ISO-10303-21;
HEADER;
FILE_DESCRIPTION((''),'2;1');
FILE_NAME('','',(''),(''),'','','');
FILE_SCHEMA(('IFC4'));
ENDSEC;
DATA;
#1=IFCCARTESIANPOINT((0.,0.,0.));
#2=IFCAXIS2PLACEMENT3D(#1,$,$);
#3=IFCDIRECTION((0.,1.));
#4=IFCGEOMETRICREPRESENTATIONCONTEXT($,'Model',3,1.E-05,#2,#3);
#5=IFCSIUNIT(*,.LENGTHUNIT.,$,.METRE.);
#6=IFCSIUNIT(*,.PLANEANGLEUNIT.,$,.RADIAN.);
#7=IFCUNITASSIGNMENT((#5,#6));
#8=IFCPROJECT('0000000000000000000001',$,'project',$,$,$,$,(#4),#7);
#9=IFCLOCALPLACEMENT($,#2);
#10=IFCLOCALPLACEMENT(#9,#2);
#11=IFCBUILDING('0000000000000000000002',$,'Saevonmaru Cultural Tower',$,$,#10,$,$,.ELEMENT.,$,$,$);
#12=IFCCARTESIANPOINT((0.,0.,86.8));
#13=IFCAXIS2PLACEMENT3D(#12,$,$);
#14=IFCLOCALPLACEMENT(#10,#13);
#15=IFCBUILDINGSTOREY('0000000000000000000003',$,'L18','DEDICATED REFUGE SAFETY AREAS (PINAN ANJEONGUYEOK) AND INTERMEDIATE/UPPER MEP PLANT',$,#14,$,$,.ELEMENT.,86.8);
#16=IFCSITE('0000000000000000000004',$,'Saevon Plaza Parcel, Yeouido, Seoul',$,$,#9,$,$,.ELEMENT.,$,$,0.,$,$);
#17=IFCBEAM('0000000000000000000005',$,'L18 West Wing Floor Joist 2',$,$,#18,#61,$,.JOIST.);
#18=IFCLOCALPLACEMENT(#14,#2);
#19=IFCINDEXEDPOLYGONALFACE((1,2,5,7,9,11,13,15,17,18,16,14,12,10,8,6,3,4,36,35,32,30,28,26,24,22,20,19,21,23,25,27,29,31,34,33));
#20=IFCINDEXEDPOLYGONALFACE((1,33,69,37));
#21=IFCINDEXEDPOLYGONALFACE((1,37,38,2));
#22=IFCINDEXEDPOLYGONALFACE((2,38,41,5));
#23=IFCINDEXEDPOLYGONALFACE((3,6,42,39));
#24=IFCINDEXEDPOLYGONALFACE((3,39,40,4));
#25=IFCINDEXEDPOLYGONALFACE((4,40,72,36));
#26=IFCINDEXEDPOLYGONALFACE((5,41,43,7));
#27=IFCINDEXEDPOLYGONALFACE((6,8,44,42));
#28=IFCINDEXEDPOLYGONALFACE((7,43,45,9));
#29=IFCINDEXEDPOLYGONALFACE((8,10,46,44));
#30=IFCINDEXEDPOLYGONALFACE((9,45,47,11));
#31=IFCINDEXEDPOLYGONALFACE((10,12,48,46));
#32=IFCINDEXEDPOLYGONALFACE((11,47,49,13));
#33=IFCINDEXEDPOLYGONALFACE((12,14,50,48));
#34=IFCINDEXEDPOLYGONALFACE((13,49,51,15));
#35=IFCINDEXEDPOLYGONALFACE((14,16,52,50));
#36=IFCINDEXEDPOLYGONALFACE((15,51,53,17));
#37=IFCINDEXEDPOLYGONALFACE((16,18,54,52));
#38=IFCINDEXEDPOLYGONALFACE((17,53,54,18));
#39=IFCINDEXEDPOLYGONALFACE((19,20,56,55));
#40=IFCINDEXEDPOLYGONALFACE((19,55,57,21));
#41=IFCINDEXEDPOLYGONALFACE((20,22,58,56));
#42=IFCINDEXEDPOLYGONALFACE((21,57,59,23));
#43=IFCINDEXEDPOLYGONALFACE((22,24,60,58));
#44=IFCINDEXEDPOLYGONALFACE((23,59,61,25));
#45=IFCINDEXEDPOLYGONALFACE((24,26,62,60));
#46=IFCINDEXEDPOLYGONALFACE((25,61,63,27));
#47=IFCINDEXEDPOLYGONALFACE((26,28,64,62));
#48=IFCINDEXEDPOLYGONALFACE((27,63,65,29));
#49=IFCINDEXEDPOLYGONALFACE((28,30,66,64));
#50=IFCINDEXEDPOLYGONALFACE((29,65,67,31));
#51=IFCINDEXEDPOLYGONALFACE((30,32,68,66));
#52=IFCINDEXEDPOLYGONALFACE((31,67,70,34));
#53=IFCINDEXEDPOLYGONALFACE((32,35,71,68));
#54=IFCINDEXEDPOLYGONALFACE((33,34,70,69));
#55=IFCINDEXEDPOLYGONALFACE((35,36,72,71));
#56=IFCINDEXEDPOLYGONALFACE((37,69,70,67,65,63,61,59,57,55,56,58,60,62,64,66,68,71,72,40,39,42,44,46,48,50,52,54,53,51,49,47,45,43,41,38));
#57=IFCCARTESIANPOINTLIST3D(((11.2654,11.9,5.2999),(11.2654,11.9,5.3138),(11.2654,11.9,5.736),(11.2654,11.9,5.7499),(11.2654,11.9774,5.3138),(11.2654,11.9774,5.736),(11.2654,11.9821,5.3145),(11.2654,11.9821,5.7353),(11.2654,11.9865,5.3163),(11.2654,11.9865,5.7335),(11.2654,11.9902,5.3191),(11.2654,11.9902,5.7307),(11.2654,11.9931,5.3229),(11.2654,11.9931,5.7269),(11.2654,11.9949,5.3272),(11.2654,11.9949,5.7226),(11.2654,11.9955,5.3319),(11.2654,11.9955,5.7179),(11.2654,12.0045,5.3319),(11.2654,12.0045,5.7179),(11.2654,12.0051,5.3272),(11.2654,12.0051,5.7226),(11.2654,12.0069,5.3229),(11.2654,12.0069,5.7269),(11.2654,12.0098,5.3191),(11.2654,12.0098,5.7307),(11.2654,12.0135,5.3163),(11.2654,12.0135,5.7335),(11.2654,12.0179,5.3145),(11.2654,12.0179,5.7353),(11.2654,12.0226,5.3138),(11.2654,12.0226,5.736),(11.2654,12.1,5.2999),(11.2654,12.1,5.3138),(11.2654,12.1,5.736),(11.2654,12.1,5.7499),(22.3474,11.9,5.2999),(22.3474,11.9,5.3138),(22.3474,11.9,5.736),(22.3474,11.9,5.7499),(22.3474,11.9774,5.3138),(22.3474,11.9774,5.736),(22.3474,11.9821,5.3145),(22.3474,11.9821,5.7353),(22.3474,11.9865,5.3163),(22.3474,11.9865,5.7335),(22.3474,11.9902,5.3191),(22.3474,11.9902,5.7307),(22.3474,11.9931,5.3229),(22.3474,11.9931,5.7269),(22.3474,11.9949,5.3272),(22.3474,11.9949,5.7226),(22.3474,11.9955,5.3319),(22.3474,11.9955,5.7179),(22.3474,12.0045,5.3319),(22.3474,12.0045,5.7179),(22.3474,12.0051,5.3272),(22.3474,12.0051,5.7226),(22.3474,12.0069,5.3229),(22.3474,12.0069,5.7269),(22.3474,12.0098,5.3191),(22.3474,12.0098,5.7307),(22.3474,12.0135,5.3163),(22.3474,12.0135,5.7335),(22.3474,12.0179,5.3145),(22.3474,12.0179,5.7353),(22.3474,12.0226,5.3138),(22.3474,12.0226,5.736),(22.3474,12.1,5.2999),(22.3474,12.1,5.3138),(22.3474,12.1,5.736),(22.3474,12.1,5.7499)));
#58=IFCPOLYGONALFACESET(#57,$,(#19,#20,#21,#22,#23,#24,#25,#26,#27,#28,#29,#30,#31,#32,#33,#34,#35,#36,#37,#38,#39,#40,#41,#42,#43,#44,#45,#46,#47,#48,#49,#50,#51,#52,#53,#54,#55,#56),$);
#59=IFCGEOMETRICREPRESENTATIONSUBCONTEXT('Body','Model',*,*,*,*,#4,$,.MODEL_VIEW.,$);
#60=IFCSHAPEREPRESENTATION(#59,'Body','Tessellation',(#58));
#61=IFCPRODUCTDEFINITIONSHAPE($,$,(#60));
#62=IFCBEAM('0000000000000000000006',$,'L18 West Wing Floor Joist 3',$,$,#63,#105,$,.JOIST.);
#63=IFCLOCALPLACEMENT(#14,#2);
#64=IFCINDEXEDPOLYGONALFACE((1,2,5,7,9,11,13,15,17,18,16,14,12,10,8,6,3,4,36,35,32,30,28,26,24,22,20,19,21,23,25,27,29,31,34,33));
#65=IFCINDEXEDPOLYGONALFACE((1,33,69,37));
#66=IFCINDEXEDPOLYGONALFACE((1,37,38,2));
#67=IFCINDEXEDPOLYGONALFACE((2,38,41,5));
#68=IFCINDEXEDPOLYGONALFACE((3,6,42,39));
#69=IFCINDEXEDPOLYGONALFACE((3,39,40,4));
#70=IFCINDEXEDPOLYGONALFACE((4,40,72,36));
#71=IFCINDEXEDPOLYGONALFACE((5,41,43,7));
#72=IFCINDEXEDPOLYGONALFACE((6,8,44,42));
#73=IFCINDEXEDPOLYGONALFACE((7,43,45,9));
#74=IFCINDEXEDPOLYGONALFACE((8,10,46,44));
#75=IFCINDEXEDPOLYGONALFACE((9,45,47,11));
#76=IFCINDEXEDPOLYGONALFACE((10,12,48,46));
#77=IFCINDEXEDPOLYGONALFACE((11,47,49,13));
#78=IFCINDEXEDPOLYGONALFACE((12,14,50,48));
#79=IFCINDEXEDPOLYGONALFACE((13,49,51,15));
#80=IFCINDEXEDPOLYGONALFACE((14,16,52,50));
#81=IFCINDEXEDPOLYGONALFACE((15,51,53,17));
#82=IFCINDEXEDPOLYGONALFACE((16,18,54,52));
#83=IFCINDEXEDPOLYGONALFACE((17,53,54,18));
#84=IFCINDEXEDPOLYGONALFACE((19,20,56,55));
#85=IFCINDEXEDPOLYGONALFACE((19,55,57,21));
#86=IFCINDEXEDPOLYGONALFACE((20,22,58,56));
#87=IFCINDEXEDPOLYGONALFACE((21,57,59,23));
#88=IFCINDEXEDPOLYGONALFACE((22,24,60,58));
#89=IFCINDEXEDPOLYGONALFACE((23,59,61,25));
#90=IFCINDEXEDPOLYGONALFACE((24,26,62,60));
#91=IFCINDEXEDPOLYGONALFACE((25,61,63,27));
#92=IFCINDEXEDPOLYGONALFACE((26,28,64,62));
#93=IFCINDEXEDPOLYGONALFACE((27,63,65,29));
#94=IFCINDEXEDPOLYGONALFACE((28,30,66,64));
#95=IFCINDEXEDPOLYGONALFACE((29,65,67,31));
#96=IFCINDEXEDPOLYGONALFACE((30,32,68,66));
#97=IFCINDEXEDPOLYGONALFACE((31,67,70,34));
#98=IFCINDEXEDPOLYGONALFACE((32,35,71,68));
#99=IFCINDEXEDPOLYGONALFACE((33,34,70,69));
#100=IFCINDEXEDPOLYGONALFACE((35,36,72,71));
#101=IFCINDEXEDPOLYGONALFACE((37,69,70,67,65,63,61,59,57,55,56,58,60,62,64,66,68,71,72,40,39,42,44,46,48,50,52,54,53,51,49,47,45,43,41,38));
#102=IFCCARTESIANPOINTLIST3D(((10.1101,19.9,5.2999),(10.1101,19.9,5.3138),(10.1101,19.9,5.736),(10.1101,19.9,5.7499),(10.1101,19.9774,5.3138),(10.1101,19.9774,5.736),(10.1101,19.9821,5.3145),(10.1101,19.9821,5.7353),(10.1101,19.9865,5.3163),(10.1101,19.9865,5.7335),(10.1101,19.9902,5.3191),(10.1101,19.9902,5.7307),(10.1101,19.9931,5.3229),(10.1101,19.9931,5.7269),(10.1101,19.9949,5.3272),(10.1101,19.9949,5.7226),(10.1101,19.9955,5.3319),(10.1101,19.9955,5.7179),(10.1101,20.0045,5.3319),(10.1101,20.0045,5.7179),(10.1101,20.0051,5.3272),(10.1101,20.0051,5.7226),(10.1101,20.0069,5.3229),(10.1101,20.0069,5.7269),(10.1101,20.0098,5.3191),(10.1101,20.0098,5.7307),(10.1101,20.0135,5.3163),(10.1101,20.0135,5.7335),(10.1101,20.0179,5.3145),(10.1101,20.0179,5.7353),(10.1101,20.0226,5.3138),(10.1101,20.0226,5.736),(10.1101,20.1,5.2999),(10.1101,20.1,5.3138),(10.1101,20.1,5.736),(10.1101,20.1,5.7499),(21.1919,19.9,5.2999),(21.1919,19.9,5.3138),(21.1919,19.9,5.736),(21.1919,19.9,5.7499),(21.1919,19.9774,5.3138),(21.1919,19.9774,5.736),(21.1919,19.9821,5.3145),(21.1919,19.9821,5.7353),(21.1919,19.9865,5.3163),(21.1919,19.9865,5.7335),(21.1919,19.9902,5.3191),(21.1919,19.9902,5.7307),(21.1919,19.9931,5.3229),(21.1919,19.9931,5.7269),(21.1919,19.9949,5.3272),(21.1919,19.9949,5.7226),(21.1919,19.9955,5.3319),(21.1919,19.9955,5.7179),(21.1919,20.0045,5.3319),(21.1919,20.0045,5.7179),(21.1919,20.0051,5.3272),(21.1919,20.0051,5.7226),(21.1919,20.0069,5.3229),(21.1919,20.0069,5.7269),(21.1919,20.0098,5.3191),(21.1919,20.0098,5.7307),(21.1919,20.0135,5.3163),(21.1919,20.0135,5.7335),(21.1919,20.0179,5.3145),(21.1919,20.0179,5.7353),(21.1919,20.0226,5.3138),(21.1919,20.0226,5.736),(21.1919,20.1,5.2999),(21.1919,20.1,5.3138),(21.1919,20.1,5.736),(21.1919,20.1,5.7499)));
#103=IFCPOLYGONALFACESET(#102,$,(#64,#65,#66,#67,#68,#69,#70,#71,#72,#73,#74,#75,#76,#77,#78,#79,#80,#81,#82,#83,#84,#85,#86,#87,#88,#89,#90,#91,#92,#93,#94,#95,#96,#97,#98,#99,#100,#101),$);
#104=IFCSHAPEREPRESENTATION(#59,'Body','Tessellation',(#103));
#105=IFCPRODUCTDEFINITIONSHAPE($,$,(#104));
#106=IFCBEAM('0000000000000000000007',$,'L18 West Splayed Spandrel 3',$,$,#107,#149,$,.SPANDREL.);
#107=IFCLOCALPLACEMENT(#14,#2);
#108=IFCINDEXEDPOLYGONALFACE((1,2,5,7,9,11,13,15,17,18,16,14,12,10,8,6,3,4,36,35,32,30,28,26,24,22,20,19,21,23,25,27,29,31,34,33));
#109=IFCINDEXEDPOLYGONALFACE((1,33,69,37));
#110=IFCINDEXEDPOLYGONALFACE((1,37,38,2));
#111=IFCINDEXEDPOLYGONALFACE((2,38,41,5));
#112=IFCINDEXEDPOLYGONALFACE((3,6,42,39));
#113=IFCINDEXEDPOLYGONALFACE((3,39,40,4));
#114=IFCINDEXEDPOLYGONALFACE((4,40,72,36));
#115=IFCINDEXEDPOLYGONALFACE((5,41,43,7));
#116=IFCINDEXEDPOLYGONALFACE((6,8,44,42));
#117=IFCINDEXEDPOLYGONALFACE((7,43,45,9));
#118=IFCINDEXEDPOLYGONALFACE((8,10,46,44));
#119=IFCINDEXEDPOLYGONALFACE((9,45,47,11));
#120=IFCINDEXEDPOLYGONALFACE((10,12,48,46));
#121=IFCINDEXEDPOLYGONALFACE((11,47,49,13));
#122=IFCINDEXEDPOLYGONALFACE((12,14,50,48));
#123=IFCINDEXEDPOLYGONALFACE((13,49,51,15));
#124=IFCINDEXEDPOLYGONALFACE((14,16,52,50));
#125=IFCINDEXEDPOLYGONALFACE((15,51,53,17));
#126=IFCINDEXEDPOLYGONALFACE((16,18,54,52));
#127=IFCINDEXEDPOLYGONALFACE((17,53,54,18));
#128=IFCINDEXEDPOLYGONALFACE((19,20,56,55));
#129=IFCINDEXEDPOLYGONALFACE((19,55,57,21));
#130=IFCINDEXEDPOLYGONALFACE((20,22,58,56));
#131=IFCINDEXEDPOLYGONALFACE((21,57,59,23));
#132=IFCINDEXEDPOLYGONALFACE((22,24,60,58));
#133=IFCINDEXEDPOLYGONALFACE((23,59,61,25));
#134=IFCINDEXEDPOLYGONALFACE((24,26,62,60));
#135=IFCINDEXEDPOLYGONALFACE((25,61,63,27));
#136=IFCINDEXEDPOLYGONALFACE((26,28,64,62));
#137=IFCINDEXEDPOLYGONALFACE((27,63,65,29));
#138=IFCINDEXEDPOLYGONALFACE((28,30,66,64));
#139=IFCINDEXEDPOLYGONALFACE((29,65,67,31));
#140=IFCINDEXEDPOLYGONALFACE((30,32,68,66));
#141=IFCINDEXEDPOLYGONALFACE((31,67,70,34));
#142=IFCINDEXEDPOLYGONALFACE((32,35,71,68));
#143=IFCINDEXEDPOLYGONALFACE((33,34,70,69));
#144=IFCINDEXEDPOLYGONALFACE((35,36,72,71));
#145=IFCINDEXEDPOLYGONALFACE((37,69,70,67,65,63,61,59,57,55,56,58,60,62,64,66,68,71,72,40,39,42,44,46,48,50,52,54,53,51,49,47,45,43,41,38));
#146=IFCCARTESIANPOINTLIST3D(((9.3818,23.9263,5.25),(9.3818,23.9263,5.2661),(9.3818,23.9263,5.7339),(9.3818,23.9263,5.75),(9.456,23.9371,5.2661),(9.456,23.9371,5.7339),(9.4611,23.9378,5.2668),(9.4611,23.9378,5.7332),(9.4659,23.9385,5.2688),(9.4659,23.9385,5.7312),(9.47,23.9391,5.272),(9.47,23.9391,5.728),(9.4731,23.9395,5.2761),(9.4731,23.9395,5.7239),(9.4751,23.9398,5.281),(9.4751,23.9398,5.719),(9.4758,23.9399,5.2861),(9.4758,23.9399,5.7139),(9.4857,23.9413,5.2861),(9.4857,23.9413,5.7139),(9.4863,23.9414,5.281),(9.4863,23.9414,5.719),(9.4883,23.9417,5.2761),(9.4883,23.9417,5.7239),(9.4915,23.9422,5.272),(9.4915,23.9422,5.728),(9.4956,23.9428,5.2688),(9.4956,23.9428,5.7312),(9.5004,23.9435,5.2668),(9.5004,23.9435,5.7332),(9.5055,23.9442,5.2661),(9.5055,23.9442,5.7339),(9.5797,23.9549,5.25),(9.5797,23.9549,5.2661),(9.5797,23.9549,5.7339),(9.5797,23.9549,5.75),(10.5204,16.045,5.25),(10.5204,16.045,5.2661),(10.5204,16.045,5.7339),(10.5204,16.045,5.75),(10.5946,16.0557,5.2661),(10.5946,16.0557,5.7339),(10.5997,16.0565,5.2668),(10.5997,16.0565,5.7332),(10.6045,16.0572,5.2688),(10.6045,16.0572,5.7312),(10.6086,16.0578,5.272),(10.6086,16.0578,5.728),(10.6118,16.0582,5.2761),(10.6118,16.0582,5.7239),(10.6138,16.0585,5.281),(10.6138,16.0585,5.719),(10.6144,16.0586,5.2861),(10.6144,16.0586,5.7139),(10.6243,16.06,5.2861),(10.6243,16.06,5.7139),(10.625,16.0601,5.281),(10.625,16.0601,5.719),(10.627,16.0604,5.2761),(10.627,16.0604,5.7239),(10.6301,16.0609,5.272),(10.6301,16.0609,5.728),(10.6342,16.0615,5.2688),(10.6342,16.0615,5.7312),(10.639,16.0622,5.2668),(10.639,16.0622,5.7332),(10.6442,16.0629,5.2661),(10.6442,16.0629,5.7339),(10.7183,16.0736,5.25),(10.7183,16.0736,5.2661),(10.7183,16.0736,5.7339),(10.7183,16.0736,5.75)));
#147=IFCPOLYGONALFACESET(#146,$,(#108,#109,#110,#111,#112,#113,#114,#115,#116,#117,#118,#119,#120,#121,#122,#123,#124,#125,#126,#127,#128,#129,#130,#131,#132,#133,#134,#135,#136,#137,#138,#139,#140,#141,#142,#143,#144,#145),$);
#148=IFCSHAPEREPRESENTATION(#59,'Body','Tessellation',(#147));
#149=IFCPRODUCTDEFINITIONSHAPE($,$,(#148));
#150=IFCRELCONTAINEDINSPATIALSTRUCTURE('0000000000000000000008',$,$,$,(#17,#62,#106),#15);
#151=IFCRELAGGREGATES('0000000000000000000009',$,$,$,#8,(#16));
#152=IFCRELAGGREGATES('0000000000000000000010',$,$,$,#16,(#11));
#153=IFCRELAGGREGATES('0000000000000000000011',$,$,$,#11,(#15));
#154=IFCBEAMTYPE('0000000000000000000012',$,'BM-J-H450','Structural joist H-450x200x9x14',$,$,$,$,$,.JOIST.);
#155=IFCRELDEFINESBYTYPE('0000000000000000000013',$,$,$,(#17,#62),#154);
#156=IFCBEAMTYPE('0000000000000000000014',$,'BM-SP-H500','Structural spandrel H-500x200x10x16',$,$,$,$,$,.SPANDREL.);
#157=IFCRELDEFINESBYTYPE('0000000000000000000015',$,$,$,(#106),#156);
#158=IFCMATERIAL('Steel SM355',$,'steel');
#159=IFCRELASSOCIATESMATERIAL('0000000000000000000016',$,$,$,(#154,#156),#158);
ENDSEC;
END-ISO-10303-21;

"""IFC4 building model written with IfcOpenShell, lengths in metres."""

from ifc_helpers import new_model, si_unit, direction, frame, origin, origin_2d, place, context, subcontext, project, spatial, i_section, extrude, material, material_profile, profile_set, type_object, element, save


model = new_model("IFC4")

# Units and contexts
model_context = context("Model", 3, precision=1e-05, world=origin(), true_north=direction((0.0, 1.0)))
body_context = subcontext(model_context, "Body", "Model", "MODEL_VIEW")
ifc_project = project(units=[si_unit("LENGTHUNIT", "METRE"), si_unit("PLANEANGLEUNIT", "RADIAN")], contexts=[model_context])

# Site, building, storey
site_placement = place(None, origin())
site = spatial("IfcSite", under=ifc_project, at=site_placement, Name="Saevon Plaza Parcel, Yeouido, Seoul", CompositionType="ELEMENT", RefElevation=0.0)
building_placement = place(site_placement, origin())
building = spatial("IfcBuilding", under=site, at=building_placement, Name="Saevonmaru Cultural Tower", CompositionType="ELEMENT")
storey_placement = place(building_placement, frame((0.0, 0.0, 86.8)))
storey = spatial("IfcBuildingStorey", under=building, at=storey_placement, Name="L18", Description="DEDICATED REFUGE SAFETY AREAS (PINAN ANJEONGUYEOK) AND INTERMEDIATE/UPPER MEP PLANT", CompositionType="ELEMENT", Elevation=86.8)

# Beams
ifc_material_1 = material(Name="Steel SM355", Category="steel")
ifc_material_profile_1 = material_profile(ifc_material_1, i_section(OverallWidth=0.2, OverallDepth=0.45, WebThickness=0.009, FlangeThickness=0.0139, FilletRadius=0.0181, at=origin_2d()), Name="H-450x200x9x14")
ifc_profile_set_1 = profile_set([ifc_material_profile_1], Name="Steel SM355")
beam_type_1 = type_object("IfcBeamType", Name="BM-J-H450", Description="Structural joist H-450x200x9x14", PredefinedType="JOIST", material=ifc_profile_set_1)
beam_1_placement = place(storey_placement, frame((11.2654, 12.0, 5.5249), z_axis=(1.0, 0.0, 0.0), x_axis=(0.0, 1.0, 0.0)))
element("IfcBeam", 1, at=beam_1_placement, inside=storey, type_object=beam_type_1, Name="L18 West Wing Floor Joist 2", PredefinedType="JOIST", context=body_context, shape_type="SweptSolid", body=[
    extrude(i_section(OverallWidth=0.2, OverallDepth=0.45, WebThickness=0.009, FlangeThickness=0.0139, FilletRadius=0.0181, at=origin_2d()), origin(), (0.0, 0.0, 1.0), 11.082),
])
beam_2_placement = place(storey_placement, frame((10.1101, 20.0, 5.5249), z_axis=(1.0, 0.0, 0.0), x_axis=(0.0, 1.0, 0.0)))
element("IfcBeam", 2, at=beam_2_placement, inside=storey, type_object=beam_type_1, Name="L18 West Wing Floor Joist 3", PredefinedType="JOIST", context=body_context, shape_type="SweptSolid", body=[
    extrude(i_section(OverallWidth=0.2, OverallDepth=0.45, WebThickness=0.009, FlangeThickness=0.0139, FilletRadius=0.0181, at=origin_2d()), origin(), (0.0, 0.0, 1.0), 11.0818),
])
ifc_material_profile_2 = material_profile(ifc_material_1, i_section(OverallWidth=0.2, OverallDepth=0.5, WebThickness=0.01, FlangeThickness=0.0161, FilletRadius=0.02, at=origin_2d()), Name="H-500x200x10x16")
ifc_profile_set_2 = profile_set([ifc_material_profile_2], Name="Steel SM355")
beam_type_2 = type_object("IfcBeamType", Name="BM-SP-H500", Description="Structural spandrel H-500x200x10x16", PredefinedType="SPANDREL", material=ifc_profile_set_2)
beam_3_placement = place(storey_placement, frame((10.6194, 16.0593, 5.5), z_axis=(-0.142992, 0.989724, 0.0), x_axis=(-0.989724, -0.142992, 0.0)))
element("IfcBeam", 3, at=beam_3_placement, inside=storey, type_object=beam_type_2, Name="L18 West Splayed Spandrel 3", PredefinedType="SPANDREL", context=body_context, shape_type="SweptSolid", body=[
    extrude(i_section(OverallWidth=0.2, OverallDepth=0.5, WebThickness=0.01, FlangeThickness=0.0161, FilletRadius=0.02, at=origin_2d()), origin(), (0.0, 0.0, 1.0), 7.9631),
])

save(model, "model.ifc")
